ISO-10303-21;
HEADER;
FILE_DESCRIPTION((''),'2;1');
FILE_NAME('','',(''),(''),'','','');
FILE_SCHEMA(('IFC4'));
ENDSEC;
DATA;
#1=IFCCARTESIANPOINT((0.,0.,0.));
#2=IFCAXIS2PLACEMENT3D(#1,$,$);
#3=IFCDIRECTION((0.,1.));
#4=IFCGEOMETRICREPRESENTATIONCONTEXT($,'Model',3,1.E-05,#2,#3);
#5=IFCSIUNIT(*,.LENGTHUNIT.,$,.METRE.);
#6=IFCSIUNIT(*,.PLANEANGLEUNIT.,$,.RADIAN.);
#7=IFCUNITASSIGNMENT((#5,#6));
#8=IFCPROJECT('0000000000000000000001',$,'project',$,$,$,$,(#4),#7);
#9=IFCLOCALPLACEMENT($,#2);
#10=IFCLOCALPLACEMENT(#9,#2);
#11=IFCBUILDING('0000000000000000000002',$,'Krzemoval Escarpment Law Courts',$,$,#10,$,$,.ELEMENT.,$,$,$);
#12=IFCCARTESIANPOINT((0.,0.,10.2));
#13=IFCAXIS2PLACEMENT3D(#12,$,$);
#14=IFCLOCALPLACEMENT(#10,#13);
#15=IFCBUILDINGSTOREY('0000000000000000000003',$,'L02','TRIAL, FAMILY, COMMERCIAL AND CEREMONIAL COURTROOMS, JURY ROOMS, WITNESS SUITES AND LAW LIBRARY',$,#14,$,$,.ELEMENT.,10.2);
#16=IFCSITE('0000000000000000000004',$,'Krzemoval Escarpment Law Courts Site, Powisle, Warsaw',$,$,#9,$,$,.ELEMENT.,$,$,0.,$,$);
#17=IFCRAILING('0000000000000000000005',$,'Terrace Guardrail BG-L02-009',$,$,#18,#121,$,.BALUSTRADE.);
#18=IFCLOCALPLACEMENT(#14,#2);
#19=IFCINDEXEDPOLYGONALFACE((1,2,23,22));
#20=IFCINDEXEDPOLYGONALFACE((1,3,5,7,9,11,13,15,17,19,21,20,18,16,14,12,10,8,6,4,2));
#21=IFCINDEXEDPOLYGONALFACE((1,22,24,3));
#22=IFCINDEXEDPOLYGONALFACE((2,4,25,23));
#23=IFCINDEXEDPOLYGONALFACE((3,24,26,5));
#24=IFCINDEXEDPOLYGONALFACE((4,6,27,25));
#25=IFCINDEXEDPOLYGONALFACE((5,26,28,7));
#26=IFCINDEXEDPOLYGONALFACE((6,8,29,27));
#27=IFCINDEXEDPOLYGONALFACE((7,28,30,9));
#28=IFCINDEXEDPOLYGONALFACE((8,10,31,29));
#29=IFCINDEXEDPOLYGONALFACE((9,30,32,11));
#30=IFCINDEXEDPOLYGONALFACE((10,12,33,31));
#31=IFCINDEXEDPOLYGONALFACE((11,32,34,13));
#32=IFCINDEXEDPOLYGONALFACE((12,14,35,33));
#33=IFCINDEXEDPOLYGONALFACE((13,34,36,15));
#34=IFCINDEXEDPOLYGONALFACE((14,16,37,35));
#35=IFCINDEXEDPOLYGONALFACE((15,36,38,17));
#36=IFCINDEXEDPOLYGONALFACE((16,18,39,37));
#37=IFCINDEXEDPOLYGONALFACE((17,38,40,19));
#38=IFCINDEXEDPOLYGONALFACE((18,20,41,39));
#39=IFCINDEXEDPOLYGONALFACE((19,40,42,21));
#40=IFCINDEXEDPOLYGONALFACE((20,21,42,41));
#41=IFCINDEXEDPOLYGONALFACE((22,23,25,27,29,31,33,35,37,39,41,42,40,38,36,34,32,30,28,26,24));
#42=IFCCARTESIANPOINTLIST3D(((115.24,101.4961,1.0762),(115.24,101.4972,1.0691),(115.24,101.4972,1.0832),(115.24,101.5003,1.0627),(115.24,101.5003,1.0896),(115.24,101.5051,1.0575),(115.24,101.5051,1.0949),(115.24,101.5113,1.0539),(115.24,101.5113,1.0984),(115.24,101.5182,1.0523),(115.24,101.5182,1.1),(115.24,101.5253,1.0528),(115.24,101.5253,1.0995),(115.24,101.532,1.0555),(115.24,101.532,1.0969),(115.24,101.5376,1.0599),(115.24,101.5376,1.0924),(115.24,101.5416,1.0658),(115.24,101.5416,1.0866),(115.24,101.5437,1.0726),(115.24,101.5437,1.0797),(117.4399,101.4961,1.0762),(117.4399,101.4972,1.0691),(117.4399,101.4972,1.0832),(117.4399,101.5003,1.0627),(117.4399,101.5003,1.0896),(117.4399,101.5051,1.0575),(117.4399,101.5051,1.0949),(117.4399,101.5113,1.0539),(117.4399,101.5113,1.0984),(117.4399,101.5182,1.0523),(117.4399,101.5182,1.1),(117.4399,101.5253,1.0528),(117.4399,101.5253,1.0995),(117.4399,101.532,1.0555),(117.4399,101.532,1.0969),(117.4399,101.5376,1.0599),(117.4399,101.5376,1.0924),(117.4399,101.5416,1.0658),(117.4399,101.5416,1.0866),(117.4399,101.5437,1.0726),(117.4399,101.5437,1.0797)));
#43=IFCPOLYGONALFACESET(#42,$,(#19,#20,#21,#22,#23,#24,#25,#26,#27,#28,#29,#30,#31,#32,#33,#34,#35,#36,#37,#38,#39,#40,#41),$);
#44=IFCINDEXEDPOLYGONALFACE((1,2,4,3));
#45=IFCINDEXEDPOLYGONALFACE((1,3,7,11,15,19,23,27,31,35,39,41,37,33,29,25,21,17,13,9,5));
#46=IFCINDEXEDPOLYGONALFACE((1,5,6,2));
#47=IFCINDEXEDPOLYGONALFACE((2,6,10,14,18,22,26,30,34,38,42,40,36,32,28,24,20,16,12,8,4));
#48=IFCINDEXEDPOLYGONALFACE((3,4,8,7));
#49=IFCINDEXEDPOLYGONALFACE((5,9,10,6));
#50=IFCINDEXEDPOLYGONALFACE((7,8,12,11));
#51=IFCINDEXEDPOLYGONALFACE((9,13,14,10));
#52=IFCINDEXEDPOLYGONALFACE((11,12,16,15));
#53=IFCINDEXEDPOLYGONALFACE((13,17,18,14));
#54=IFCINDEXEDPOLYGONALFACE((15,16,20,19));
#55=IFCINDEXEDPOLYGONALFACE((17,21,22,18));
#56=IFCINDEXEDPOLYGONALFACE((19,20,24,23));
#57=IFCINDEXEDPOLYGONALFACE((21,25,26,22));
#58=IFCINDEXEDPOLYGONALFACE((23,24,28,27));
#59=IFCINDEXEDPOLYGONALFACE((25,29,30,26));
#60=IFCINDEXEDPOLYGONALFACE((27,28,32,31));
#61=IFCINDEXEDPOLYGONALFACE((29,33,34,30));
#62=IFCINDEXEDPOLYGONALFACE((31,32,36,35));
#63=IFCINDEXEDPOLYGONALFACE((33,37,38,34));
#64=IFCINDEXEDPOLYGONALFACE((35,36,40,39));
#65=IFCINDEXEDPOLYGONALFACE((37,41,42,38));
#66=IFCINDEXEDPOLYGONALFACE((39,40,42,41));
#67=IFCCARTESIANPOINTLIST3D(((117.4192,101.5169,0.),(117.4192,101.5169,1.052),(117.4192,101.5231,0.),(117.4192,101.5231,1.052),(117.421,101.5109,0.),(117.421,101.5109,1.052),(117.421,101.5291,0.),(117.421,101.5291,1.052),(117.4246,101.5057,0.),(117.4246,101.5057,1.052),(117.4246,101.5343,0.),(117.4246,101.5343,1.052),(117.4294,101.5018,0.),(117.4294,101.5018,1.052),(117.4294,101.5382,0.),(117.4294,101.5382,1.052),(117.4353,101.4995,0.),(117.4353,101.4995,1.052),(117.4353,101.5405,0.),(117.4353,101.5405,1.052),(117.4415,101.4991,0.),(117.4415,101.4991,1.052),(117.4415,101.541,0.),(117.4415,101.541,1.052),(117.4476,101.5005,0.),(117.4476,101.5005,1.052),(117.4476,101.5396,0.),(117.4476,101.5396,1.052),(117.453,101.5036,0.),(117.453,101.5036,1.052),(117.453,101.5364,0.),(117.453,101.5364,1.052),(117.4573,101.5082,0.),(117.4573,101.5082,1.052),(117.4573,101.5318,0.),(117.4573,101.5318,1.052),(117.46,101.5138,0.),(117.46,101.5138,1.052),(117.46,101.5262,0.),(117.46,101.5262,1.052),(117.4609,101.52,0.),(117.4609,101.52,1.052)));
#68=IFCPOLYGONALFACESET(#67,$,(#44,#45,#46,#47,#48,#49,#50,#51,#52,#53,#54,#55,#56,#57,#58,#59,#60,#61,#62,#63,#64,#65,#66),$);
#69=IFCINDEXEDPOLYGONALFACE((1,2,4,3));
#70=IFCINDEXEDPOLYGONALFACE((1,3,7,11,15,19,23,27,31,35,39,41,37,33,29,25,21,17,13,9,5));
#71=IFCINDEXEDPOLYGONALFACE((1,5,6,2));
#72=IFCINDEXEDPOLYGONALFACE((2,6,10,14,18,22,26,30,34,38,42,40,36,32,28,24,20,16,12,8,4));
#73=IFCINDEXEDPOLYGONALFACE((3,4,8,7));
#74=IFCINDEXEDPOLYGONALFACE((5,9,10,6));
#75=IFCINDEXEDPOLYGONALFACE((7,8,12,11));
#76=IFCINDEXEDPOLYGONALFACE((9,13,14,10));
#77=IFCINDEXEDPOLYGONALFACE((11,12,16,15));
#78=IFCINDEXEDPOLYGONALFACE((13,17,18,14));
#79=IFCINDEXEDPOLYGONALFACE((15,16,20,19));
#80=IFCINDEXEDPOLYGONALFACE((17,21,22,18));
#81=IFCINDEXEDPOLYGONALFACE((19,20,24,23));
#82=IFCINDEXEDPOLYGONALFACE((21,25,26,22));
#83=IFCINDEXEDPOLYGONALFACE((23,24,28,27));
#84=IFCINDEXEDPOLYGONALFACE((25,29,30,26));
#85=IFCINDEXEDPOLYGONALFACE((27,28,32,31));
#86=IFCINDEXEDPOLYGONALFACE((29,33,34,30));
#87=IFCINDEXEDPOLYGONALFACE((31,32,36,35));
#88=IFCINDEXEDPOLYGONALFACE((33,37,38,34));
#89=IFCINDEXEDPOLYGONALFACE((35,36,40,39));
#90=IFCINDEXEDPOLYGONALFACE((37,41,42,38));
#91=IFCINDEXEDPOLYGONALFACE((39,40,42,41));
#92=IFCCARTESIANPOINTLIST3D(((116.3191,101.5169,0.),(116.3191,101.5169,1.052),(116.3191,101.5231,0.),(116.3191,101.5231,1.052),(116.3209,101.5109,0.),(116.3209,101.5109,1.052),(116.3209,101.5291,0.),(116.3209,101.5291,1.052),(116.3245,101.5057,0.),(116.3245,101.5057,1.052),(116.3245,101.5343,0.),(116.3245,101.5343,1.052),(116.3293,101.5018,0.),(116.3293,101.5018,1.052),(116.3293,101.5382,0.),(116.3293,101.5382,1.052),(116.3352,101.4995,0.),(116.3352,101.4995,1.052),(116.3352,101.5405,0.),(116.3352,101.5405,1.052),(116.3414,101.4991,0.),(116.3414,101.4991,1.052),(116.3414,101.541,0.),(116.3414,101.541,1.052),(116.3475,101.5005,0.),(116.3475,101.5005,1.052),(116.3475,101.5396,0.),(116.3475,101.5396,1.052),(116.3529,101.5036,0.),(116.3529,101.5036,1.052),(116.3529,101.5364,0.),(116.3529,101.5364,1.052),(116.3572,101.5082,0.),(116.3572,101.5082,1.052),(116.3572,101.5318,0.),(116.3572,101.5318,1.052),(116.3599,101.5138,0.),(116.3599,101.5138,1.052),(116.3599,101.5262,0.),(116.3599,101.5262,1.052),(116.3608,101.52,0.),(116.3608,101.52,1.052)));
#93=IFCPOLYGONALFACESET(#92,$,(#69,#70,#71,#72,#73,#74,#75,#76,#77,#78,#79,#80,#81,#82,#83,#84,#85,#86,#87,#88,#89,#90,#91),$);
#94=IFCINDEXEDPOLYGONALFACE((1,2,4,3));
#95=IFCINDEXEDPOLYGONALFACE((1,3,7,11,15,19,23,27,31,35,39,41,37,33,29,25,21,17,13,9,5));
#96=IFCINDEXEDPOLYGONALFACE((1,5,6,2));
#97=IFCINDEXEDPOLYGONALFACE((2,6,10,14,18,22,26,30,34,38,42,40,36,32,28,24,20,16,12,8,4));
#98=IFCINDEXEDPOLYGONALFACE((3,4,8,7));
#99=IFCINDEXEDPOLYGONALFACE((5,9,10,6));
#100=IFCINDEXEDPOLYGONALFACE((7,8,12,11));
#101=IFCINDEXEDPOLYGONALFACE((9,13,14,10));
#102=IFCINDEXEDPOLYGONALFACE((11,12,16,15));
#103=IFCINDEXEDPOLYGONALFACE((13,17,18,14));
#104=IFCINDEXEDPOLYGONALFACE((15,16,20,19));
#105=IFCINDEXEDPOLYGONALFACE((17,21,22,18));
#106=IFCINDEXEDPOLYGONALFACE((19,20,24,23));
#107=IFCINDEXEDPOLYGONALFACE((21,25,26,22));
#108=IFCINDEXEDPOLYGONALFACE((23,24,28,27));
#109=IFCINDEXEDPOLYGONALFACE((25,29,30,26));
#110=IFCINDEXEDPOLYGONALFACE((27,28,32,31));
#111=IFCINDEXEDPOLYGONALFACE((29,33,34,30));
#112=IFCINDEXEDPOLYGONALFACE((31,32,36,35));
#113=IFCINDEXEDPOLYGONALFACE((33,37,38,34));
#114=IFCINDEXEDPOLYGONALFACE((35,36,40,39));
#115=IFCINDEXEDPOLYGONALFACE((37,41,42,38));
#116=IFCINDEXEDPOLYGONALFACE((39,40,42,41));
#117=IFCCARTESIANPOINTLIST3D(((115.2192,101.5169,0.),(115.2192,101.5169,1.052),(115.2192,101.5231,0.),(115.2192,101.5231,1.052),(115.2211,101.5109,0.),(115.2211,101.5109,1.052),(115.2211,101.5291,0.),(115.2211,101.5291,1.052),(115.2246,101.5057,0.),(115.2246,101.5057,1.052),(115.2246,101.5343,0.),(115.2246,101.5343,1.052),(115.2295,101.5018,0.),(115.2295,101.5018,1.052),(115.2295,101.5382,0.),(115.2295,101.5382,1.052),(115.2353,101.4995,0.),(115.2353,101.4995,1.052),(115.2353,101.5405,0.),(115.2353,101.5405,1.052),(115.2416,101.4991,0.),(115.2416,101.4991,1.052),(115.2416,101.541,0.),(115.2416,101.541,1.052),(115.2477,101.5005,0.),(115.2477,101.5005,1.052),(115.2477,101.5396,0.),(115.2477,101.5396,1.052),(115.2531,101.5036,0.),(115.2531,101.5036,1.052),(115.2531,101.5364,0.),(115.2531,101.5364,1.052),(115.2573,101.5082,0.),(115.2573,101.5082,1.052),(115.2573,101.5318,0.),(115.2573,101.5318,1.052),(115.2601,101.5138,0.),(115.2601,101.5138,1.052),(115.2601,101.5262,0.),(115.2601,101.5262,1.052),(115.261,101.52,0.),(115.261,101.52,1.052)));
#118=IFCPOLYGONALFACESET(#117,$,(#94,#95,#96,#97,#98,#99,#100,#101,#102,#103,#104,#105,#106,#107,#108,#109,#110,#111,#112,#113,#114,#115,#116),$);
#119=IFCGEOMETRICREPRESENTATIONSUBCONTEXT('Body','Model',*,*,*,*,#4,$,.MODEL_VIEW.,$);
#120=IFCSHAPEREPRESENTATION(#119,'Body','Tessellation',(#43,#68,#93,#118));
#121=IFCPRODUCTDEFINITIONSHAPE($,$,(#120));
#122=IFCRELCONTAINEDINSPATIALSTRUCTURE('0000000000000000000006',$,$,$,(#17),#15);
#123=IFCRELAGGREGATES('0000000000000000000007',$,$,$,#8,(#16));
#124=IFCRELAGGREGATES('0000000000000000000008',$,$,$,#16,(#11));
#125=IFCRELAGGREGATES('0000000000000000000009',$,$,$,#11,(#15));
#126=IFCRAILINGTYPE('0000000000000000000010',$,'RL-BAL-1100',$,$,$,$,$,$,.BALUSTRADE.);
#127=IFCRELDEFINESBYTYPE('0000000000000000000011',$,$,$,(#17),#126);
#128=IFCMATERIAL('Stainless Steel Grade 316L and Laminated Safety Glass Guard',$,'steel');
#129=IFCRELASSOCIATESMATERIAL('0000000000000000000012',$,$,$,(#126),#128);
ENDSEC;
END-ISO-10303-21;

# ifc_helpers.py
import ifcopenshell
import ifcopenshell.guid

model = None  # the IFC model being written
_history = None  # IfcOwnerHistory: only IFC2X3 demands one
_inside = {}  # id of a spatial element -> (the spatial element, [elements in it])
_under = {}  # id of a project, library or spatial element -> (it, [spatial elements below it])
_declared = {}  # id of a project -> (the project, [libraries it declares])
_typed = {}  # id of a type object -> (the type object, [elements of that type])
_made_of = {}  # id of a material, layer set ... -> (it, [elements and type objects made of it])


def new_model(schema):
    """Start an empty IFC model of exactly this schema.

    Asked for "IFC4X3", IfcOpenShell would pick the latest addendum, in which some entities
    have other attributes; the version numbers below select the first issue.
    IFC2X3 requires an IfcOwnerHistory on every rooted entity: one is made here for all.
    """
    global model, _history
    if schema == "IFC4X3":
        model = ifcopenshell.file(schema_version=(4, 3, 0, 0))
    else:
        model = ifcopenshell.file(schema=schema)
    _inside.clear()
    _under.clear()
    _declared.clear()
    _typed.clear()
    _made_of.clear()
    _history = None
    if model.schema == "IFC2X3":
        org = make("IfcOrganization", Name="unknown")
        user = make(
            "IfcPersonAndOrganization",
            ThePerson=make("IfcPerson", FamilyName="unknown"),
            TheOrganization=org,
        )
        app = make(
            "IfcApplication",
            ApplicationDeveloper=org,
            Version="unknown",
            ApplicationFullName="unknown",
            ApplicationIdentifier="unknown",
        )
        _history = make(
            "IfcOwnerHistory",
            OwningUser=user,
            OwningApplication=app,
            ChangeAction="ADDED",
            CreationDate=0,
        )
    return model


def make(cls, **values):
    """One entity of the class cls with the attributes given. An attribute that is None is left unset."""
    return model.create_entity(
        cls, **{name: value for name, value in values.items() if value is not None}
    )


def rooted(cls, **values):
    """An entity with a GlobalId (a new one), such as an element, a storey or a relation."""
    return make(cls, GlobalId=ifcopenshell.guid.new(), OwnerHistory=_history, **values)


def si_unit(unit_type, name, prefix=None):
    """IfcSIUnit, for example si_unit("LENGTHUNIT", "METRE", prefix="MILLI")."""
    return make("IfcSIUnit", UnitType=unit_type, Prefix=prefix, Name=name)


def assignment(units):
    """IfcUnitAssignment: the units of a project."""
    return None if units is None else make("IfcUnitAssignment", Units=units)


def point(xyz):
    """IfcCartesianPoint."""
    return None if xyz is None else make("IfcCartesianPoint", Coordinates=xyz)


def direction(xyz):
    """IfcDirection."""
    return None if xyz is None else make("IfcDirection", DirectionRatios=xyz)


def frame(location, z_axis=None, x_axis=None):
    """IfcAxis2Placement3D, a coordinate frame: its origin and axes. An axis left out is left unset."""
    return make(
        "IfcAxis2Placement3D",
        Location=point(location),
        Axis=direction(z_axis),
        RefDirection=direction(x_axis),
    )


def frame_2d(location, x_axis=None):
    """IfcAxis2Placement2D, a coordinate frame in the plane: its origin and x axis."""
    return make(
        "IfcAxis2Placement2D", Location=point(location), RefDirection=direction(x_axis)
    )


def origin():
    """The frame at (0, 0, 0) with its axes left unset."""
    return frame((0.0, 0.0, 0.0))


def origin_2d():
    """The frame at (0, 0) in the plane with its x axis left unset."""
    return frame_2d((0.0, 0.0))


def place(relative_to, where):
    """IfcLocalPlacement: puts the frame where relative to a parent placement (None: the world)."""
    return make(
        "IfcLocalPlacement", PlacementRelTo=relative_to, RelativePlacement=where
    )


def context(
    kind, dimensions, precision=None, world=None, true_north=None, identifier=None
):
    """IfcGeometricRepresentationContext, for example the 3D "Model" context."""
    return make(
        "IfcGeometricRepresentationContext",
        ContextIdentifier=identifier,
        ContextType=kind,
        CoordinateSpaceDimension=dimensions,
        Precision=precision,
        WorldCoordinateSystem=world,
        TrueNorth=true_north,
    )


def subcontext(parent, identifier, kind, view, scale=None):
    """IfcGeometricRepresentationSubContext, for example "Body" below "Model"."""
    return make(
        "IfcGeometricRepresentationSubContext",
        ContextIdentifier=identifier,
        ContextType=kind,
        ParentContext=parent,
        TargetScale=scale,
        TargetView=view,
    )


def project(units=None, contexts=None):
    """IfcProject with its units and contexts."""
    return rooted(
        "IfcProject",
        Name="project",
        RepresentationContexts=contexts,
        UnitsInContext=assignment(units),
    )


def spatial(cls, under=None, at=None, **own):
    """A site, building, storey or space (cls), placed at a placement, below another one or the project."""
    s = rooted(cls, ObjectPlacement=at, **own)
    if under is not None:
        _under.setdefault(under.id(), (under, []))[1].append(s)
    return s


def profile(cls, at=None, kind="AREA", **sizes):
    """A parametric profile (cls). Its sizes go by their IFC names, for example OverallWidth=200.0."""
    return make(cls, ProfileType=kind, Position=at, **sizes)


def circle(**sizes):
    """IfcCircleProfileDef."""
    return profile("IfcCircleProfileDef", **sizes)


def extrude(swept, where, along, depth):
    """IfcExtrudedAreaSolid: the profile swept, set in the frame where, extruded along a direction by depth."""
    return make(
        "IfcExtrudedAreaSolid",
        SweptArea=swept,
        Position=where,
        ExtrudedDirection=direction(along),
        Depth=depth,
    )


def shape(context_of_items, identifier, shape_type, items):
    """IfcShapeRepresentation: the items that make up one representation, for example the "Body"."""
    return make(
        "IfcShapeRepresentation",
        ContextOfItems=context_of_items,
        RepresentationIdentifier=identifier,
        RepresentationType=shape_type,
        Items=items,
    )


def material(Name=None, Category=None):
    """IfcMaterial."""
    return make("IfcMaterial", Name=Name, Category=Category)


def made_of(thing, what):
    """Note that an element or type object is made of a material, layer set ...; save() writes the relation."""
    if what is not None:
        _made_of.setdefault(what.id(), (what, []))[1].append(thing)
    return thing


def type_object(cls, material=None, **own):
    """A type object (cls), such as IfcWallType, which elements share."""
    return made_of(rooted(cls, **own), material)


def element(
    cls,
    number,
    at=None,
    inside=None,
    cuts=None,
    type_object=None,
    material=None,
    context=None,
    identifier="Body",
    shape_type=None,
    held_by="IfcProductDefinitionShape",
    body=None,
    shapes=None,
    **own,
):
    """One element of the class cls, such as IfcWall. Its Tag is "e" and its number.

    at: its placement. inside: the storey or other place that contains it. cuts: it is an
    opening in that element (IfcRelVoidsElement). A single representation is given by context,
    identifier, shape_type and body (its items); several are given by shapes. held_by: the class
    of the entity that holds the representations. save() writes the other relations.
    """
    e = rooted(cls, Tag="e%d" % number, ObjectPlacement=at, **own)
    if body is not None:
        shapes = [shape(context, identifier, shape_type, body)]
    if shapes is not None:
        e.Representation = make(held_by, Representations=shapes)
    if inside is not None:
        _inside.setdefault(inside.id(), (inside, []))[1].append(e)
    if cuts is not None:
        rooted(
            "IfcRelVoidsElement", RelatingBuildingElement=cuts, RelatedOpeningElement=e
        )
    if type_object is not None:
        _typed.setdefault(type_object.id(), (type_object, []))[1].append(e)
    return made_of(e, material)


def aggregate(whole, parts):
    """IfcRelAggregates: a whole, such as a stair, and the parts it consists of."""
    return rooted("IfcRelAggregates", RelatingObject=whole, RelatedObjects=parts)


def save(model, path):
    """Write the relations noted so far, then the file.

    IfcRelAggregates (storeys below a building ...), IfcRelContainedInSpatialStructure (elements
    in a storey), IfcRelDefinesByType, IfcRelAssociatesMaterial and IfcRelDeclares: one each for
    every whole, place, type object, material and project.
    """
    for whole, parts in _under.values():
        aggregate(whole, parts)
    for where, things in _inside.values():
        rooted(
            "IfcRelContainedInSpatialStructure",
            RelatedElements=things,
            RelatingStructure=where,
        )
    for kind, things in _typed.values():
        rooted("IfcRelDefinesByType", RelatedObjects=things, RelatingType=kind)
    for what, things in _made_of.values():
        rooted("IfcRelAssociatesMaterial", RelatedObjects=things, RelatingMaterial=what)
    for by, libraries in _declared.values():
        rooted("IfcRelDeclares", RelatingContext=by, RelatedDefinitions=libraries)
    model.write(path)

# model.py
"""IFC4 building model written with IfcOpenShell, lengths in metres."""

from ifc_helpers import new_model, si_unit, direction, frame, origin, origin_2d, place, context, subcontext, project, spatial, circle, extrude, material, type_object, element, save


model = new_model("IFC4")

# Units and contexts
model_context = context("Model", 3, precision=1e-05, world=origin(), true_north=direction((0.0, 1.0)))
body_context = subcontext(model_context, "Body", "Model", "MODEL_VIEW")
ifc_project = project(units=[si_unit("LENGTHUNIT", "METRE"), si_unit("PLANEANGLEUNIT", "RADIAN")], contexts=[model_context])

# Site, building, storey
site_placement = place(None, origin())
site = spatial("IfcSite", under=ifc_project, at=site_placement, Name="Krzemoval Escarpment Law Courts Site, Powisle, Warsaw", CompositionType="ELEMENT", RefElevation=0.0)
building_placement = place(site_placement, origin())
building = spatial("IfcBuilding", under=site, at=building_placement, Name="Krzemoval Escarpment Law Courts", CompositionType="ELEMENT")
storey_placement = place(building_placement, frame((0.0, 0.0, 10.2)))
storey = spatial("IfcBuildingStorey", under=building, at=storey_placement, Name="L02", Description="TRIAL, FAMILY, COMMERCIAL AND CEREMONIAL COURTROOMS, JURY ROOMS, WITNESS SUITES AND LAW LIBRARY", CompositionType="ELEMENT", Elevation=10.2)

# Railing
ifc_material_1 = material(Name="Stainless Steel Grade 316L and Laminated Safety Glass Guard", Category="steel")
railing_type = type_object("IfcRailingType", Name="RL-BAL-1100", PredefinedType="BALUSTRADE", material=ifc_material_1)
railing_1_placement = place(storey_placement, frame((117.4399, 101.52, 0.0)))
element("IfcRailing", 1, at=railing_1_placement, inside=storey, type_object=railing_type, Name="Terrace Guardrail BG-L02-009", PredefinedType="BALUSTRADE", context=body_context, shape_type="SweptSolid", body=[
    extrude(circle(Radius=0.0239, at=origin_2d()), frame((0.0, 0.0, 1.0762), z_axis=(-1.0, 0.0, 0.0), x_axis=(0.0, -1.0, 0.0)), (0.0, 0.0, 1.0), 2.2),
    extrude(circle(Radius=0.021, at=origin_2d()), origin(), (0.0, 0.0, 1.0), 1.052),
    extrude(circle(Radius=0.021, at=origin_2d()), frame((-1.1001, 0.0, 0.0)), (0.0, 0.0, 1.0), 1.052),
    extrude(circle(Radius=0.021, at=origin_2d()), frame((-2.2, 0.0, 0.0)), (0.0, 0.0, 1.0), 1.052),
])

save(model, "model.ifc")
